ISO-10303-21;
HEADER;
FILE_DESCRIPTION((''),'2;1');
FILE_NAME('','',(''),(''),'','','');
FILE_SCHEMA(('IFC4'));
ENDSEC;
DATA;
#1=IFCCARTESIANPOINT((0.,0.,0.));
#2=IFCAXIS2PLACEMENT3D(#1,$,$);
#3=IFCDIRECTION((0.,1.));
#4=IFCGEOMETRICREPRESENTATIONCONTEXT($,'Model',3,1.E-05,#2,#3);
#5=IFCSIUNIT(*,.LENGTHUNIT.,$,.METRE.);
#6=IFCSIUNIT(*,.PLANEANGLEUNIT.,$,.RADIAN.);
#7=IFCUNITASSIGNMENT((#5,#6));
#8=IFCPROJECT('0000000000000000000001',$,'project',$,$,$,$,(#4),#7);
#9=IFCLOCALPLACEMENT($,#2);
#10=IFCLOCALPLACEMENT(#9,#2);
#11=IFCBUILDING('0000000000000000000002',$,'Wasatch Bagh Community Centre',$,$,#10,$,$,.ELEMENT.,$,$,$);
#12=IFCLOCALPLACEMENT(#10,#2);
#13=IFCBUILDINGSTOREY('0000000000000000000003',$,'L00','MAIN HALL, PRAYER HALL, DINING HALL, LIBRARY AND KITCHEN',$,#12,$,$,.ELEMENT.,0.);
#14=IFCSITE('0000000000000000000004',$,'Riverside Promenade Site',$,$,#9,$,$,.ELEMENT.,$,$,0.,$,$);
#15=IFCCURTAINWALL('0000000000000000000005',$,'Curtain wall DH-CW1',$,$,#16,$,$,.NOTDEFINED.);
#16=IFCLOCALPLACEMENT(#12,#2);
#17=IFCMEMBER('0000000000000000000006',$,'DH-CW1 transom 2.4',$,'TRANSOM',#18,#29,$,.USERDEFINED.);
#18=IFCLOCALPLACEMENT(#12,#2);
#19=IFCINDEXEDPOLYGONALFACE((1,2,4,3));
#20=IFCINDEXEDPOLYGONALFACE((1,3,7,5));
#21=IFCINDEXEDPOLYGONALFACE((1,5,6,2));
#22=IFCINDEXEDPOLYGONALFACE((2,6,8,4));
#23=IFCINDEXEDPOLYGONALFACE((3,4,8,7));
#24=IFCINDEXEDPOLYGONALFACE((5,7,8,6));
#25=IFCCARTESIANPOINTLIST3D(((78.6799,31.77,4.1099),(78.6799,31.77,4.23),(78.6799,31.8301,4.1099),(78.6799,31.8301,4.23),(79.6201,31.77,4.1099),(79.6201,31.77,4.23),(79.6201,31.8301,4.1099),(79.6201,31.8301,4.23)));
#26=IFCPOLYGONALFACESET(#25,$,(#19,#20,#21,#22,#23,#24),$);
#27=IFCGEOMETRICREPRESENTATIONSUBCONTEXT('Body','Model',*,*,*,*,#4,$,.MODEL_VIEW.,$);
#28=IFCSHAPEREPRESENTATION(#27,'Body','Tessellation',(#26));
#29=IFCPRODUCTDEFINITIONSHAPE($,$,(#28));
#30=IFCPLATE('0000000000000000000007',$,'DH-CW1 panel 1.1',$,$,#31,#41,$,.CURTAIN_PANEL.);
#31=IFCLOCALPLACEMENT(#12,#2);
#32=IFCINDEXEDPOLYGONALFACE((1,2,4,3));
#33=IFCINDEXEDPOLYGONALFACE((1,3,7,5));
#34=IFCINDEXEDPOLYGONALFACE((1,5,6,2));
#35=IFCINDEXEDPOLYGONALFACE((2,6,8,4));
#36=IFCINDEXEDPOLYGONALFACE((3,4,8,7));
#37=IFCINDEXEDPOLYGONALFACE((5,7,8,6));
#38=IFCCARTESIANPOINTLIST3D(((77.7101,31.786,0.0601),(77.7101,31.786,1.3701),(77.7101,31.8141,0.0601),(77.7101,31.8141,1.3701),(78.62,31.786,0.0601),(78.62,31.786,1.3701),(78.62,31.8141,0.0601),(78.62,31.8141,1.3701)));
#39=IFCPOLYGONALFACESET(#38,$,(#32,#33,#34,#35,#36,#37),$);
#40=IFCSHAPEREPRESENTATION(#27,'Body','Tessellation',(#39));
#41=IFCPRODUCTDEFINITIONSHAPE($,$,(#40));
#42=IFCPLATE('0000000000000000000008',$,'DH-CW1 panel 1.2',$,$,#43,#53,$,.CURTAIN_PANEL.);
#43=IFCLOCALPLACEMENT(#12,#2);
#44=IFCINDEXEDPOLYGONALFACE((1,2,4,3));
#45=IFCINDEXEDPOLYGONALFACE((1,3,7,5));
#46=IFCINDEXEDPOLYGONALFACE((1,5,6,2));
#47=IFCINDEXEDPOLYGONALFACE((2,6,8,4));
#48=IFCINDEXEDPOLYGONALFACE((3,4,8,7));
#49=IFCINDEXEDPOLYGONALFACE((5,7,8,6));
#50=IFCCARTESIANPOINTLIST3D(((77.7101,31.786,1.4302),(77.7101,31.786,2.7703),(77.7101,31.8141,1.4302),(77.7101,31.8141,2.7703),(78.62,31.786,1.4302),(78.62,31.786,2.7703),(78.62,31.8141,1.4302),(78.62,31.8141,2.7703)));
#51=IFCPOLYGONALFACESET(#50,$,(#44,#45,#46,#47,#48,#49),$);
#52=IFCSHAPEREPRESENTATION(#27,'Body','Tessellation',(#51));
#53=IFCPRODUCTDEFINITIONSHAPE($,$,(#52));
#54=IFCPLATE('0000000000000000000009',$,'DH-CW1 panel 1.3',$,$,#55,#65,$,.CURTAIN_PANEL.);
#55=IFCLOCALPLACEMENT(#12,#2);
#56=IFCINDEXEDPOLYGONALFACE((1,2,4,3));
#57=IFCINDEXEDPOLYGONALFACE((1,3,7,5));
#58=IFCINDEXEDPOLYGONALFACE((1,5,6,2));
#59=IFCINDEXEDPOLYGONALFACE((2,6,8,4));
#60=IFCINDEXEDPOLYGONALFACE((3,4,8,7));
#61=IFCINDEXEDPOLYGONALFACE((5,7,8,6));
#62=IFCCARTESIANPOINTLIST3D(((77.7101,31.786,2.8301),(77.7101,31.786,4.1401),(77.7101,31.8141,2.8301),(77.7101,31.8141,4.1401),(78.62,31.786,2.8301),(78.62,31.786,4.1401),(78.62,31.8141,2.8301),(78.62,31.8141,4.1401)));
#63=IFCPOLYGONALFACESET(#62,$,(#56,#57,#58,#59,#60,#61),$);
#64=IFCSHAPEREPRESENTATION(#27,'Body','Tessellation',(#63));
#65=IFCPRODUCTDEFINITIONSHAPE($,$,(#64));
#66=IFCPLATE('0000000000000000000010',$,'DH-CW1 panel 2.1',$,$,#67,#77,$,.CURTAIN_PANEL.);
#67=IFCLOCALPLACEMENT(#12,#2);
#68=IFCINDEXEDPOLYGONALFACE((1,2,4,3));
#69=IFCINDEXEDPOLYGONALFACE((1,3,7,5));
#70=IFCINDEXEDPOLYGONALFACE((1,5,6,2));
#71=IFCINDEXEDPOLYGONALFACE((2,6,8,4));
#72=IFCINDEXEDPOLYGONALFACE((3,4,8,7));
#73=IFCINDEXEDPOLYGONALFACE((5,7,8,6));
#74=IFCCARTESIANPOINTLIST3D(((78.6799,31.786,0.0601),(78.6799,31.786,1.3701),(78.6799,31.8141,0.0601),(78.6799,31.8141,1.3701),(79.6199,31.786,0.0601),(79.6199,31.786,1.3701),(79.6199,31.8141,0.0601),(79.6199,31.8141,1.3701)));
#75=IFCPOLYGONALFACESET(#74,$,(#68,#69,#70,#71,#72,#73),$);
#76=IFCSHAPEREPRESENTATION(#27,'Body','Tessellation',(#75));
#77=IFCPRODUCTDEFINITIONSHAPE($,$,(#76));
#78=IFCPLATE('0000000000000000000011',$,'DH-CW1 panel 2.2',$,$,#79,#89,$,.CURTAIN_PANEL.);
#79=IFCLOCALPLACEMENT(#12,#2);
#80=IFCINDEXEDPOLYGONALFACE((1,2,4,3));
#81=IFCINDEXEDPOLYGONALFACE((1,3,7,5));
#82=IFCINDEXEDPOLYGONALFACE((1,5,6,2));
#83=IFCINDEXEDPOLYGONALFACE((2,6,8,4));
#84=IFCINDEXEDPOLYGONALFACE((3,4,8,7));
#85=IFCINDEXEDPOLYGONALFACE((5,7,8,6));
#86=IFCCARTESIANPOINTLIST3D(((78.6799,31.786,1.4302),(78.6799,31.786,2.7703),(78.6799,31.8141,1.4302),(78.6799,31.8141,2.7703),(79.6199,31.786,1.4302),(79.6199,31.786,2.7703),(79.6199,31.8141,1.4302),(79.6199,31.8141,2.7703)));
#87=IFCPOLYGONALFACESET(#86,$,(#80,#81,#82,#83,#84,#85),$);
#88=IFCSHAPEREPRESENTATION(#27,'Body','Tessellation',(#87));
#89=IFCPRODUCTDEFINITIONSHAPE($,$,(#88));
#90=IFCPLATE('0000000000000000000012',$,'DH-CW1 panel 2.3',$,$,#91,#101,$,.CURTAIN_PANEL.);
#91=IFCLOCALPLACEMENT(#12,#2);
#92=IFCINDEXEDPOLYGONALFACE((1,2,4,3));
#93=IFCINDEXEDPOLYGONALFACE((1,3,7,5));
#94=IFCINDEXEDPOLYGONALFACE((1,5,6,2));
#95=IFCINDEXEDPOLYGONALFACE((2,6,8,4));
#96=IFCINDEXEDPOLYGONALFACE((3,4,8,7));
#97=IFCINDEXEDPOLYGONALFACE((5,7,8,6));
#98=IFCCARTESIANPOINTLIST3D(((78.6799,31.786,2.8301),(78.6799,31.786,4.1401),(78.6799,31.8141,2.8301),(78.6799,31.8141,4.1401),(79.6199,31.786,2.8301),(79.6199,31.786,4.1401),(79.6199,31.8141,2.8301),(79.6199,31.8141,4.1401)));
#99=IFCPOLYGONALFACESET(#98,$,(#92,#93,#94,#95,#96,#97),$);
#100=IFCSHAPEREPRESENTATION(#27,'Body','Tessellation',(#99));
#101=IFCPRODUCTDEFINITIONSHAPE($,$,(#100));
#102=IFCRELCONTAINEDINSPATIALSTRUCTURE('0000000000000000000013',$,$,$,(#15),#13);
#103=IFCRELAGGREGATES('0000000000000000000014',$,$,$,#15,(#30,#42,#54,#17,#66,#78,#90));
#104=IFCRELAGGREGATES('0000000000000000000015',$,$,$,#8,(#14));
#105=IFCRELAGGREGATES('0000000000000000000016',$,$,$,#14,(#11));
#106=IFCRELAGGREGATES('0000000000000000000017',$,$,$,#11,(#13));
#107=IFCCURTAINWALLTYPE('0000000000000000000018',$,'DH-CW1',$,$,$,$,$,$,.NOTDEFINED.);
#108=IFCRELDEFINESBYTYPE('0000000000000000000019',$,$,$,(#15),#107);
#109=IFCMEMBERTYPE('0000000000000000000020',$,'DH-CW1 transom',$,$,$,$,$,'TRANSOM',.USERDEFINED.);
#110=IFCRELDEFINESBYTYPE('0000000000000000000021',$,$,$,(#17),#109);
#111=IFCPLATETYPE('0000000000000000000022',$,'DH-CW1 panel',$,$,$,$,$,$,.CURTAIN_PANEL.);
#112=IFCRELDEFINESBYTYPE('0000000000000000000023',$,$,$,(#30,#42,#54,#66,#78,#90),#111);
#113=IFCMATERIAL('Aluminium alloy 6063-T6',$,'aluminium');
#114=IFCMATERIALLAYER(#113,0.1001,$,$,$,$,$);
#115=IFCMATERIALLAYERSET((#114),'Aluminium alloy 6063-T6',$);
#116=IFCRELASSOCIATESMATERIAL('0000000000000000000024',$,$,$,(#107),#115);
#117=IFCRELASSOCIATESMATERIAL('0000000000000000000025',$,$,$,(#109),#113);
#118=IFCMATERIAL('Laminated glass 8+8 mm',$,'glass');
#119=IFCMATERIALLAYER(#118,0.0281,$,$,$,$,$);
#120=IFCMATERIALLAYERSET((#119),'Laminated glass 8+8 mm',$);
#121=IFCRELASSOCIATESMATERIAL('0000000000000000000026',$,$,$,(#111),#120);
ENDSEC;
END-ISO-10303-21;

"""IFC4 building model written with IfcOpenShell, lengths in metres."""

from ifc_helpers import new_model, si_unit, direction, frame, origin, origin_2d, place, context, subcontext, project, spatial, rectangle, extrude, material, layer, layer_set, material_profile, profile_set, type_object, element, aggregate, save


model = new_model("IFC4")

# Units and contexts
model_context = context("Model", 3, precision=1e-05, world=origin(), true_north=direction((0.0, 1.0)))
body_context = subcontext(model_context, "Body", "Model", "MODEL_VIEW")
ifc_project = project(units=[si_unit("LENGTHUNIT", "METRE"), si_unit("PLANEANGLEUNIT", "RADIAN")], contexts=[model_context])

# Site, building, storey
site_placement = place(None, origin())
site = spatial("IfcSite", under=ifc_project, at=site_placement, Name="Riverside Promenade Site", CompositionType="ELEMENT", RefElevation=0.0)
building_placement = place(site_placement, origin())
building = spatial("IfcBuilding", under=site, at=building_placement, Name="Wasatch Bagh Community Centre", CompositionType="ELEMENT")
storey_placement = place(building_placement, origin())
storey = spatial("IfcBuildingStorey", under=building, at=storey_placement, Name="L00", Description="MAIN HALL, PRAYER HALL, DINING HALL, LIBRARY AND KITCHEN", CompositionType="ELEMENT", Elevation=0.0)

# Curtain wall, member, plates
ifc_material_1 = material(Name="Aluminium alloy 6063-T6", Category="aluminium")
ifc_layer_1 = layer(ifc_material_1, 0.1001)
ifc_layer_set_1 = layer_set([ifc_layer_1], Name="Aluminium alloy 6063-T6")
curtain_wall_type = type_object("IfcCurtainWallType", Name="DH-CW1", PredefinedType="NOTDEFINED", material=ifc_layer_set_1)
curtain_wall_placement = place(storey_placement, origin())
curtain_wall = element("IfcCurtainWall", 1, at=curtain_wall_placement, inside=storey, type_object=curtain_wall_type, Name="Curtain wall DH-CW1", PredefinedType="NOTDEFINED")
ifc_material_profile_1 = material_profile(ifc_material_1, rectangle(XDim=0.0601, YDim=0.1201, at=origin_2d()), Name="AL 60x120")
ifc_profile_set_1 = profile_set([ifc_material_profile_1], Name="Aluminium alloy 6063-T6")
member_type_1 = type_object("IfcMemberType", Name="DH-CW1 transom", ElementType="TRANSOM", PredefinedType="USERDEFINED", material=ifc_profile_set_1)
member_1_placement = place(storey_placement, frame((78.6799, 31.8, 4.1699), z_axis=(1.0, 0.0, 0.0), x_axis=(0.0, 1.0, 0.0)))
member_1 = element("IfcMember", 2, at=member_1_placement, type_object=member_type_1, Name="DH-CW1 transom 2.4", ObjectType="TRANSOM", PredefinedType="USERDEFINED", context=body_context, shape_type="SweptSolid", body=[
    extrude(rectangle(XDim=0.0601, YDim=0.1201, at=origin_2d()), origin(), (0.0, 0.0, 1.0), 0.9402),
])
ifc_material_2 = material(Name="Laminated glass 8+8 mm", Category="glass")
ifc_layer_2 = layer(ifc_material_2, 0.0281)
ifc_layer_set_2 = layer_set([ifc_layer_2], Name="Laminated glass 8+8 mm")
plate_type = type_object("IfcPlateType", Name="DH-CW1 panel", PredefinedType="CURTAIN_PANEL", material=ifc_layer_set_2)
plate_1_placement = place(storey_placement, frame((78.165, 31.8, 0.0601), z_axis=(0.0, 0.0, 1.0), x_axis=(1.0, 0.0, 0.0)))
plate_1 = element("IfcPlate", 3, at=plate_1_placement, type_object=plate_type, Name="DH-CW1 panel 1.1", PredefinedType="CURTAIN_PANEL", context=body_context, shape_type="SweptSolid", body=[
    extrude(rectangle(XDim=0.9099, YDim=0.0281, at=origin_2d()), origin(), (0.0, 0.0, 1.0), 1.3101),
])
plate_2_placement = place(storey_placement, frame((78.165, 31.8, 1.4302), z_axis=(0.0, 0.0, 1.0), x_axis=(1.0, 0.0, 0.0)))
plate_2 = element("IfcPlate", 4, at=plate_2_placement, type_object=plate_type, Name="DH-CW1 panel 1.2", PredefinedType="CURTAIN_PANEL", context=body_context, shape_type="SweptSolid", body=[
    extrude(rectangle(XDim=0.9099, YDim=0.0281, at=origin_2d()), origin(), (0.0, 0.0, 1.0), 1.3401),
])
plate_3_placement = place(storey_placement, frame((78.165, 31.8, 2.8301), z_axis=(0.0, 0.0, 1.0), x_axis=(1.0, 0.0, 0.0)))
plate_3 = element("IfcPlate", 5, at=plate_3_placement, type_object=plate_type, Name="DH-CW1 panel 1.3", PredefinedType="CURTAIN_PANEL", context=body_context, shape_type="SweptSolid", body=[
    extrude(rectangle(XDim=0.9099, YDim=0.0281, at=origin_2d()), origin(), (0.0, 0.0, 1.0), 1.3101),
])
plate_4_placement = place(storey_placement, frame((79.1499, 31.8, 0.0601), z_axis=(0.0, 0.0, 1.0), x_axis=(1.0, 0.0, 0.0)))
plate_4 = element("IfcPlate", 6, at=plate_4_placement, type_object=plate_type, Name="DH-CW1 panel 2.1", PredefinedType="CURTAIN_PANEL", context=body_context, shape_type="SweptSolid", body=[
    extrude(rectangle(XDim=0.9399, YDim=0.0281, at=origin_2d()), origin(), (0.0, 0.0, 1.0), 1.3101),
])
plate_5_placement = place(storey_placement, frame((79.1499, 31.8, 1.4302), z_axis=(0.0, 0.0, 1.0), x_axis=(1.0, 0.0, 0.0)))
plate_5 = element("IfcPlate", 7, at=plate_5_placement, type_object=plate_type, Name="DH-CW1 panel 2.2", PredefinedType="CURTAIN_PANEL", context=body_context, shape_type="SweptSolid", body=[
    extrude(rectangle(XDim=0.9399, YDim=0.0281, at=origin_2d()), origin(), (0.0, 0.0, 1.0), 1.3401),
])
plate_6_placement = place(storey_placement, frame((79.1499, 31.8, 2.8301), z_axis=(0.0, 0.0, 1.0), x_axis=(1.0, 0.0, 0.0)))
plate_6 = element("IfcPlate", 8, at=plate_6_placement, type_object=plate_type, Name="DH-CW1 panel 2.3", PredefinedType="CURTAIN_PANEL", context=body_context, shape_type="SweptSolid", body=[
    extrude(rectangle(XDim=0.9399, YDim=0.0281, at=origin_2d()), origin(), (0.0, 0.0, 1.0), 1.3101),
])
aggregate(curtain_wall, [plate_1, plate_2, plate_3, member_1, plate_4, plate_5, plate_6])

save(model, "model.ifc")
